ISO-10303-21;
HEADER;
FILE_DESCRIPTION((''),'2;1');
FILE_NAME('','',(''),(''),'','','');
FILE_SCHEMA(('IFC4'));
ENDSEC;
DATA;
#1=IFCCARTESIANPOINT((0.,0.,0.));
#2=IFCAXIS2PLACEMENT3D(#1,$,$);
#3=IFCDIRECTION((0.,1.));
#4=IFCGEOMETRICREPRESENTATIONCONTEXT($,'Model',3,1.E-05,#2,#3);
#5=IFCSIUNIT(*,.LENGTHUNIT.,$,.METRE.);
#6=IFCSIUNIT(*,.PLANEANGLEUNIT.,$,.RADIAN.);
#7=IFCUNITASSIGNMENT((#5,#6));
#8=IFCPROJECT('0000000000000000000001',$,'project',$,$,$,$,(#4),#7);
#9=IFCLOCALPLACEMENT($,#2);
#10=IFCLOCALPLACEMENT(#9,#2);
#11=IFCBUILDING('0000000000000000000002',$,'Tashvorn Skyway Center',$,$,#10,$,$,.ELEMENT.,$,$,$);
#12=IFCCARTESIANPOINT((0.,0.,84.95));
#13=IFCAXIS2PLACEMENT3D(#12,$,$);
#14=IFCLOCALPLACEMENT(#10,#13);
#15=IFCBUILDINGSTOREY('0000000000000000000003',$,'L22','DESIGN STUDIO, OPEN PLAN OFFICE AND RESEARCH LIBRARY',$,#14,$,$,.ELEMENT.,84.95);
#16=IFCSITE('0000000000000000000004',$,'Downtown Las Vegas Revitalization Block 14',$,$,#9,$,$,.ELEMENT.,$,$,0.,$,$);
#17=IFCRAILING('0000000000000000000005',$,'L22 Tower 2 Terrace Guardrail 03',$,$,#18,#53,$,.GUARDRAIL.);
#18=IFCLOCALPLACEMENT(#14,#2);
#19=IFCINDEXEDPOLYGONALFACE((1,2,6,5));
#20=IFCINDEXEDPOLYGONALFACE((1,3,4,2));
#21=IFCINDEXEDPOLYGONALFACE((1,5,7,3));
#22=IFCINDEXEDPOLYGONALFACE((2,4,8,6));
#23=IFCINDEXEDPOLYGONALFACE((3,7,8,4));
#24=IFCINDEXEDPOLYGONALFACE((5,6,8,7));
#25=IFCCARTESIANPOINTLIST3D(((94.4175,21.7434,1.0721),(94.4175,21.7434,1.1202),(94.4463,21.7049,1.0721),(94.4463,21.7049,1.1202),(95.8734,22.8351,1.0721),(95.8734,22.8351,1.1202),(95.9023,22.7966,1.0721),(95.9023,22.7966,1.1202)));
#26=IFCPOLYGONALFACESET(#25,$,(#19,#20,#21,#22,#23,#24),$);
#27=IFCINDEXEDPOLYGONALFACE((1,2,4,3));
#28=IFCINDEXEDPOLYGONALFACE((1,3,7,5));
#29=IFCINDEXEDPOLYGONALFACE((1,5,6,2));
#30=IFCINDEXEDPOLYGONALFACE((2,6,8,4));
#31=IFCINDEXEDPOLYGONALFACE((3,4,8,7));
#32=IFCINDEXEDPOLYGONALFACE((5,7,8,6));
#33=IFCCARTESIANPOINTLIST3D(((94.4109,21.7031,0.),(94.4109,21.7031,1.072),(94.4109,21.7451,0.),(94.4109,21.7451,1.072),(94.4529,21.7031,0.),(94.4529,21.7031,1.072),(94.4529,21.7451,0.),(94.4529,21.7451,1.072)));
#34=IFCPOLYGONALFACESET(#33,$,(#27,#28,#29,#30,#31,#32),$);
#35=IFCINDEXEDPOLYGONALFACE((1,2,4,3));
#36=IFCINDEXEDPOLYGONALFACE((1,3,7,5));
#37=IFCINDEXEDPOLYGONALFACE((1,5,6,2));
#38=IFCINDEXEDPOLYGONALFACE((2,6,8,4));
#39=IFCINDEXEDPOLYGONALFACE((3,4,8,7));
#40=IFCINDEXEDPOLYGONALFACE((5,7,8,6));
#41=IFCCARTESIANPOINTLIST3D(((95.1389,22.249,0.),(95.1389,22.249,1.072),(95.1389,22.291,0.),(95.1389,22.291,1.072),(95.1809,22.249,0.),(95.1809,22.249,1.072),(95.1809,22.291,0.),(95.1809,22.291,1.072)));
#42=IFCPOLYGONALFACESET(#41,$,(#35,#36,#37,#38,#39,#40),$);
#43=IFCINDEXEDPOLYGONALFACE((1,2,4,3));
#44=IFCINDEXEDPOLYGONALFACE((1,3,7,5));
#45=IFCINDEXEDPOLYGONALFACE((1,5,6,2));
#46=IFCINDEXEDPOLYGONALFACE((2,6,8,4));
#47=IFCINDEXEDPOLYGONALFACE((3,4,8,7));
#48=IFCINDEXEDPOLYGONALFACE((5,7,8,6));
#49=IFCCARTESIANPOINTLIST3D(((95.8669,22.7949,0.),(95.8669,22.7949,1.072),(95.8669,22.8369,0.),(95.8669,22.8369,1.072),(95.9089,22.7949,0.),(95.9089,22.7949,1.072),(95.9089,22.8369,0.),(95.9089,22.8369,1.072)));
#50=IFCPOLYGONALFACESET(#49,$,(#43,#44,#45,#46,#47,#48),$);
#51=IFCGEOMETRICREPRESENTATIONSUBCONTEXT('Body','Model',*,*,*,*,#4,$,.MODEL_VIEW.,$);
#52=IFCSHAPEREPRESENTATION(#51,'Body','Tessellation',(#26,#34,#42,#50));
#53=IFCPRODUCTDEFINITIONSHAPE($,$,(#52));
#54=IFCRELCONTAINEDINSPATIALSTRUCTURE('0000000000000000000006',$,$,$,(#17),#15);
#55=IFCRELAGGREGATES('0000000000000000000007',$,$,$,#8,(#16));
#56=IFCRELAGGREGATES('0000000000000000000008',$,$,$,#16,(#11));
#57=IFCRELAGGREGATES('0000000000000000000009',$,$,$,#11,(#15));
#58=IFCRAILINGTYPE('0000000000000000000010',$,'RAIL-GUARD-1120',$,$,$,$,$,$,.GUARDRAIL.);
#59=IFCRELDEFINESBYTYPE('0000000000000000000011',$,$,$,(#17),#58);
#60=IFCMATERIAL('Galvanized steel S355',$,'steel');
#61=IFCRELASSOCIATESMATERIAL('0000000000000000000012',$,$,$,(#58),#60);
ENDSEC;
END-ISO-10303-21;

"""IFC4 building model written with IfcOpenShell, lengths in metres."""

from ifc_helpers import new_model, si_unit, direction, frame, origin, origin_2d, place, context, subcontext, project, spatial, rectangle, extrude, material, type_object, element, save


model = new_model("IFC4")

# Units and contexts
model_context = context("Model", 3, precision=1e-05, world=origin(), true_north=direction((0.0, 1.0)))
body_context = subcontext(model_context, "Body", "Model", "MODEL_VIEW")
ifc_project = project(units=[si_unit("LENGTHUNIT", "METRE"), si_unit("PLANEANGLEUNIT", "RADIAN")], contexts=[model_context])

# Site, building, storey
site_placement = place(None, origin())
site = spatial("IfcSite", under=ifc_project, at=site_placement, Name="Downtown Las Vegas Revitalization Block 14", CompositionType="ELEMENT", RefElevation=0.0)
building_placement = place(site_placement, origin())
building = spatial("IfcBuilding", under=site, at=building_placement, Name="Tashvorn Skyway Center", CompositionType="ELEMENT")
storey_placement = place(building_placement, frame((0.0, 0.0, 84.95)))
storey = spatial("IfcBuildingStorey", under=building, at=storey_placement, Name="L22", Description="DESIGN STUDIO, OPEN PLAN OFFICE AND RESEARCH LIBRARY", CompositionType="ELEMENT", Elevation=84.95)

# Railing
ifc_material_1 = material(Name="Galvanized steel S355", Category="steel")
railing_type = type_object("IfcRailingType", Name="RAIL-GUARD-1120", PredefinedType="GUARDRAIL", material=ifc_material_1)
railing_1_placement = place(storey_placement, frame((94.4319, 21.7241, 0.0)))
element("IfcRailing", 1, at=railing_1_placement, inside=storey, type_object=railing_type, Name="L22 Tower 2 Terrace Guardrail 03", PredefinedType="GUARDRAIL", context=body_context, shape_type="SweptSolid", body=[
    extrude(rectangle(XDim=0.0481, YDim=0.0481, at=origin_2d()), frame((0.0, 0.0, 1.0962), z_axis=(0.800064, 0.599914, 0.0), x_axis=(-0.599914, 0.800064, 0.0)), (0.0, 0.0, 1.0), 1.8198),
    extrude(rectangle(XDim=0.042, YDim=0.042, at=origin_2d()), origin(), (0.0, 0.0, 1.0), 1.072),
    extrude(rectangle(XDim=0.042, YDim=0.042, at=origin_2d()), frame((0.728, 0.5459, 0.0)), (0.0, 0.0, 1.0), 1.072),
    extrude(rectangle(XDim=0.042, YDim=0.042, at=origin_2d()), frame((1.4561, 1.0918, 0.0)), (0.0, 0.0, 1.0), 1.072),
])

save(model, "model.ifc")
